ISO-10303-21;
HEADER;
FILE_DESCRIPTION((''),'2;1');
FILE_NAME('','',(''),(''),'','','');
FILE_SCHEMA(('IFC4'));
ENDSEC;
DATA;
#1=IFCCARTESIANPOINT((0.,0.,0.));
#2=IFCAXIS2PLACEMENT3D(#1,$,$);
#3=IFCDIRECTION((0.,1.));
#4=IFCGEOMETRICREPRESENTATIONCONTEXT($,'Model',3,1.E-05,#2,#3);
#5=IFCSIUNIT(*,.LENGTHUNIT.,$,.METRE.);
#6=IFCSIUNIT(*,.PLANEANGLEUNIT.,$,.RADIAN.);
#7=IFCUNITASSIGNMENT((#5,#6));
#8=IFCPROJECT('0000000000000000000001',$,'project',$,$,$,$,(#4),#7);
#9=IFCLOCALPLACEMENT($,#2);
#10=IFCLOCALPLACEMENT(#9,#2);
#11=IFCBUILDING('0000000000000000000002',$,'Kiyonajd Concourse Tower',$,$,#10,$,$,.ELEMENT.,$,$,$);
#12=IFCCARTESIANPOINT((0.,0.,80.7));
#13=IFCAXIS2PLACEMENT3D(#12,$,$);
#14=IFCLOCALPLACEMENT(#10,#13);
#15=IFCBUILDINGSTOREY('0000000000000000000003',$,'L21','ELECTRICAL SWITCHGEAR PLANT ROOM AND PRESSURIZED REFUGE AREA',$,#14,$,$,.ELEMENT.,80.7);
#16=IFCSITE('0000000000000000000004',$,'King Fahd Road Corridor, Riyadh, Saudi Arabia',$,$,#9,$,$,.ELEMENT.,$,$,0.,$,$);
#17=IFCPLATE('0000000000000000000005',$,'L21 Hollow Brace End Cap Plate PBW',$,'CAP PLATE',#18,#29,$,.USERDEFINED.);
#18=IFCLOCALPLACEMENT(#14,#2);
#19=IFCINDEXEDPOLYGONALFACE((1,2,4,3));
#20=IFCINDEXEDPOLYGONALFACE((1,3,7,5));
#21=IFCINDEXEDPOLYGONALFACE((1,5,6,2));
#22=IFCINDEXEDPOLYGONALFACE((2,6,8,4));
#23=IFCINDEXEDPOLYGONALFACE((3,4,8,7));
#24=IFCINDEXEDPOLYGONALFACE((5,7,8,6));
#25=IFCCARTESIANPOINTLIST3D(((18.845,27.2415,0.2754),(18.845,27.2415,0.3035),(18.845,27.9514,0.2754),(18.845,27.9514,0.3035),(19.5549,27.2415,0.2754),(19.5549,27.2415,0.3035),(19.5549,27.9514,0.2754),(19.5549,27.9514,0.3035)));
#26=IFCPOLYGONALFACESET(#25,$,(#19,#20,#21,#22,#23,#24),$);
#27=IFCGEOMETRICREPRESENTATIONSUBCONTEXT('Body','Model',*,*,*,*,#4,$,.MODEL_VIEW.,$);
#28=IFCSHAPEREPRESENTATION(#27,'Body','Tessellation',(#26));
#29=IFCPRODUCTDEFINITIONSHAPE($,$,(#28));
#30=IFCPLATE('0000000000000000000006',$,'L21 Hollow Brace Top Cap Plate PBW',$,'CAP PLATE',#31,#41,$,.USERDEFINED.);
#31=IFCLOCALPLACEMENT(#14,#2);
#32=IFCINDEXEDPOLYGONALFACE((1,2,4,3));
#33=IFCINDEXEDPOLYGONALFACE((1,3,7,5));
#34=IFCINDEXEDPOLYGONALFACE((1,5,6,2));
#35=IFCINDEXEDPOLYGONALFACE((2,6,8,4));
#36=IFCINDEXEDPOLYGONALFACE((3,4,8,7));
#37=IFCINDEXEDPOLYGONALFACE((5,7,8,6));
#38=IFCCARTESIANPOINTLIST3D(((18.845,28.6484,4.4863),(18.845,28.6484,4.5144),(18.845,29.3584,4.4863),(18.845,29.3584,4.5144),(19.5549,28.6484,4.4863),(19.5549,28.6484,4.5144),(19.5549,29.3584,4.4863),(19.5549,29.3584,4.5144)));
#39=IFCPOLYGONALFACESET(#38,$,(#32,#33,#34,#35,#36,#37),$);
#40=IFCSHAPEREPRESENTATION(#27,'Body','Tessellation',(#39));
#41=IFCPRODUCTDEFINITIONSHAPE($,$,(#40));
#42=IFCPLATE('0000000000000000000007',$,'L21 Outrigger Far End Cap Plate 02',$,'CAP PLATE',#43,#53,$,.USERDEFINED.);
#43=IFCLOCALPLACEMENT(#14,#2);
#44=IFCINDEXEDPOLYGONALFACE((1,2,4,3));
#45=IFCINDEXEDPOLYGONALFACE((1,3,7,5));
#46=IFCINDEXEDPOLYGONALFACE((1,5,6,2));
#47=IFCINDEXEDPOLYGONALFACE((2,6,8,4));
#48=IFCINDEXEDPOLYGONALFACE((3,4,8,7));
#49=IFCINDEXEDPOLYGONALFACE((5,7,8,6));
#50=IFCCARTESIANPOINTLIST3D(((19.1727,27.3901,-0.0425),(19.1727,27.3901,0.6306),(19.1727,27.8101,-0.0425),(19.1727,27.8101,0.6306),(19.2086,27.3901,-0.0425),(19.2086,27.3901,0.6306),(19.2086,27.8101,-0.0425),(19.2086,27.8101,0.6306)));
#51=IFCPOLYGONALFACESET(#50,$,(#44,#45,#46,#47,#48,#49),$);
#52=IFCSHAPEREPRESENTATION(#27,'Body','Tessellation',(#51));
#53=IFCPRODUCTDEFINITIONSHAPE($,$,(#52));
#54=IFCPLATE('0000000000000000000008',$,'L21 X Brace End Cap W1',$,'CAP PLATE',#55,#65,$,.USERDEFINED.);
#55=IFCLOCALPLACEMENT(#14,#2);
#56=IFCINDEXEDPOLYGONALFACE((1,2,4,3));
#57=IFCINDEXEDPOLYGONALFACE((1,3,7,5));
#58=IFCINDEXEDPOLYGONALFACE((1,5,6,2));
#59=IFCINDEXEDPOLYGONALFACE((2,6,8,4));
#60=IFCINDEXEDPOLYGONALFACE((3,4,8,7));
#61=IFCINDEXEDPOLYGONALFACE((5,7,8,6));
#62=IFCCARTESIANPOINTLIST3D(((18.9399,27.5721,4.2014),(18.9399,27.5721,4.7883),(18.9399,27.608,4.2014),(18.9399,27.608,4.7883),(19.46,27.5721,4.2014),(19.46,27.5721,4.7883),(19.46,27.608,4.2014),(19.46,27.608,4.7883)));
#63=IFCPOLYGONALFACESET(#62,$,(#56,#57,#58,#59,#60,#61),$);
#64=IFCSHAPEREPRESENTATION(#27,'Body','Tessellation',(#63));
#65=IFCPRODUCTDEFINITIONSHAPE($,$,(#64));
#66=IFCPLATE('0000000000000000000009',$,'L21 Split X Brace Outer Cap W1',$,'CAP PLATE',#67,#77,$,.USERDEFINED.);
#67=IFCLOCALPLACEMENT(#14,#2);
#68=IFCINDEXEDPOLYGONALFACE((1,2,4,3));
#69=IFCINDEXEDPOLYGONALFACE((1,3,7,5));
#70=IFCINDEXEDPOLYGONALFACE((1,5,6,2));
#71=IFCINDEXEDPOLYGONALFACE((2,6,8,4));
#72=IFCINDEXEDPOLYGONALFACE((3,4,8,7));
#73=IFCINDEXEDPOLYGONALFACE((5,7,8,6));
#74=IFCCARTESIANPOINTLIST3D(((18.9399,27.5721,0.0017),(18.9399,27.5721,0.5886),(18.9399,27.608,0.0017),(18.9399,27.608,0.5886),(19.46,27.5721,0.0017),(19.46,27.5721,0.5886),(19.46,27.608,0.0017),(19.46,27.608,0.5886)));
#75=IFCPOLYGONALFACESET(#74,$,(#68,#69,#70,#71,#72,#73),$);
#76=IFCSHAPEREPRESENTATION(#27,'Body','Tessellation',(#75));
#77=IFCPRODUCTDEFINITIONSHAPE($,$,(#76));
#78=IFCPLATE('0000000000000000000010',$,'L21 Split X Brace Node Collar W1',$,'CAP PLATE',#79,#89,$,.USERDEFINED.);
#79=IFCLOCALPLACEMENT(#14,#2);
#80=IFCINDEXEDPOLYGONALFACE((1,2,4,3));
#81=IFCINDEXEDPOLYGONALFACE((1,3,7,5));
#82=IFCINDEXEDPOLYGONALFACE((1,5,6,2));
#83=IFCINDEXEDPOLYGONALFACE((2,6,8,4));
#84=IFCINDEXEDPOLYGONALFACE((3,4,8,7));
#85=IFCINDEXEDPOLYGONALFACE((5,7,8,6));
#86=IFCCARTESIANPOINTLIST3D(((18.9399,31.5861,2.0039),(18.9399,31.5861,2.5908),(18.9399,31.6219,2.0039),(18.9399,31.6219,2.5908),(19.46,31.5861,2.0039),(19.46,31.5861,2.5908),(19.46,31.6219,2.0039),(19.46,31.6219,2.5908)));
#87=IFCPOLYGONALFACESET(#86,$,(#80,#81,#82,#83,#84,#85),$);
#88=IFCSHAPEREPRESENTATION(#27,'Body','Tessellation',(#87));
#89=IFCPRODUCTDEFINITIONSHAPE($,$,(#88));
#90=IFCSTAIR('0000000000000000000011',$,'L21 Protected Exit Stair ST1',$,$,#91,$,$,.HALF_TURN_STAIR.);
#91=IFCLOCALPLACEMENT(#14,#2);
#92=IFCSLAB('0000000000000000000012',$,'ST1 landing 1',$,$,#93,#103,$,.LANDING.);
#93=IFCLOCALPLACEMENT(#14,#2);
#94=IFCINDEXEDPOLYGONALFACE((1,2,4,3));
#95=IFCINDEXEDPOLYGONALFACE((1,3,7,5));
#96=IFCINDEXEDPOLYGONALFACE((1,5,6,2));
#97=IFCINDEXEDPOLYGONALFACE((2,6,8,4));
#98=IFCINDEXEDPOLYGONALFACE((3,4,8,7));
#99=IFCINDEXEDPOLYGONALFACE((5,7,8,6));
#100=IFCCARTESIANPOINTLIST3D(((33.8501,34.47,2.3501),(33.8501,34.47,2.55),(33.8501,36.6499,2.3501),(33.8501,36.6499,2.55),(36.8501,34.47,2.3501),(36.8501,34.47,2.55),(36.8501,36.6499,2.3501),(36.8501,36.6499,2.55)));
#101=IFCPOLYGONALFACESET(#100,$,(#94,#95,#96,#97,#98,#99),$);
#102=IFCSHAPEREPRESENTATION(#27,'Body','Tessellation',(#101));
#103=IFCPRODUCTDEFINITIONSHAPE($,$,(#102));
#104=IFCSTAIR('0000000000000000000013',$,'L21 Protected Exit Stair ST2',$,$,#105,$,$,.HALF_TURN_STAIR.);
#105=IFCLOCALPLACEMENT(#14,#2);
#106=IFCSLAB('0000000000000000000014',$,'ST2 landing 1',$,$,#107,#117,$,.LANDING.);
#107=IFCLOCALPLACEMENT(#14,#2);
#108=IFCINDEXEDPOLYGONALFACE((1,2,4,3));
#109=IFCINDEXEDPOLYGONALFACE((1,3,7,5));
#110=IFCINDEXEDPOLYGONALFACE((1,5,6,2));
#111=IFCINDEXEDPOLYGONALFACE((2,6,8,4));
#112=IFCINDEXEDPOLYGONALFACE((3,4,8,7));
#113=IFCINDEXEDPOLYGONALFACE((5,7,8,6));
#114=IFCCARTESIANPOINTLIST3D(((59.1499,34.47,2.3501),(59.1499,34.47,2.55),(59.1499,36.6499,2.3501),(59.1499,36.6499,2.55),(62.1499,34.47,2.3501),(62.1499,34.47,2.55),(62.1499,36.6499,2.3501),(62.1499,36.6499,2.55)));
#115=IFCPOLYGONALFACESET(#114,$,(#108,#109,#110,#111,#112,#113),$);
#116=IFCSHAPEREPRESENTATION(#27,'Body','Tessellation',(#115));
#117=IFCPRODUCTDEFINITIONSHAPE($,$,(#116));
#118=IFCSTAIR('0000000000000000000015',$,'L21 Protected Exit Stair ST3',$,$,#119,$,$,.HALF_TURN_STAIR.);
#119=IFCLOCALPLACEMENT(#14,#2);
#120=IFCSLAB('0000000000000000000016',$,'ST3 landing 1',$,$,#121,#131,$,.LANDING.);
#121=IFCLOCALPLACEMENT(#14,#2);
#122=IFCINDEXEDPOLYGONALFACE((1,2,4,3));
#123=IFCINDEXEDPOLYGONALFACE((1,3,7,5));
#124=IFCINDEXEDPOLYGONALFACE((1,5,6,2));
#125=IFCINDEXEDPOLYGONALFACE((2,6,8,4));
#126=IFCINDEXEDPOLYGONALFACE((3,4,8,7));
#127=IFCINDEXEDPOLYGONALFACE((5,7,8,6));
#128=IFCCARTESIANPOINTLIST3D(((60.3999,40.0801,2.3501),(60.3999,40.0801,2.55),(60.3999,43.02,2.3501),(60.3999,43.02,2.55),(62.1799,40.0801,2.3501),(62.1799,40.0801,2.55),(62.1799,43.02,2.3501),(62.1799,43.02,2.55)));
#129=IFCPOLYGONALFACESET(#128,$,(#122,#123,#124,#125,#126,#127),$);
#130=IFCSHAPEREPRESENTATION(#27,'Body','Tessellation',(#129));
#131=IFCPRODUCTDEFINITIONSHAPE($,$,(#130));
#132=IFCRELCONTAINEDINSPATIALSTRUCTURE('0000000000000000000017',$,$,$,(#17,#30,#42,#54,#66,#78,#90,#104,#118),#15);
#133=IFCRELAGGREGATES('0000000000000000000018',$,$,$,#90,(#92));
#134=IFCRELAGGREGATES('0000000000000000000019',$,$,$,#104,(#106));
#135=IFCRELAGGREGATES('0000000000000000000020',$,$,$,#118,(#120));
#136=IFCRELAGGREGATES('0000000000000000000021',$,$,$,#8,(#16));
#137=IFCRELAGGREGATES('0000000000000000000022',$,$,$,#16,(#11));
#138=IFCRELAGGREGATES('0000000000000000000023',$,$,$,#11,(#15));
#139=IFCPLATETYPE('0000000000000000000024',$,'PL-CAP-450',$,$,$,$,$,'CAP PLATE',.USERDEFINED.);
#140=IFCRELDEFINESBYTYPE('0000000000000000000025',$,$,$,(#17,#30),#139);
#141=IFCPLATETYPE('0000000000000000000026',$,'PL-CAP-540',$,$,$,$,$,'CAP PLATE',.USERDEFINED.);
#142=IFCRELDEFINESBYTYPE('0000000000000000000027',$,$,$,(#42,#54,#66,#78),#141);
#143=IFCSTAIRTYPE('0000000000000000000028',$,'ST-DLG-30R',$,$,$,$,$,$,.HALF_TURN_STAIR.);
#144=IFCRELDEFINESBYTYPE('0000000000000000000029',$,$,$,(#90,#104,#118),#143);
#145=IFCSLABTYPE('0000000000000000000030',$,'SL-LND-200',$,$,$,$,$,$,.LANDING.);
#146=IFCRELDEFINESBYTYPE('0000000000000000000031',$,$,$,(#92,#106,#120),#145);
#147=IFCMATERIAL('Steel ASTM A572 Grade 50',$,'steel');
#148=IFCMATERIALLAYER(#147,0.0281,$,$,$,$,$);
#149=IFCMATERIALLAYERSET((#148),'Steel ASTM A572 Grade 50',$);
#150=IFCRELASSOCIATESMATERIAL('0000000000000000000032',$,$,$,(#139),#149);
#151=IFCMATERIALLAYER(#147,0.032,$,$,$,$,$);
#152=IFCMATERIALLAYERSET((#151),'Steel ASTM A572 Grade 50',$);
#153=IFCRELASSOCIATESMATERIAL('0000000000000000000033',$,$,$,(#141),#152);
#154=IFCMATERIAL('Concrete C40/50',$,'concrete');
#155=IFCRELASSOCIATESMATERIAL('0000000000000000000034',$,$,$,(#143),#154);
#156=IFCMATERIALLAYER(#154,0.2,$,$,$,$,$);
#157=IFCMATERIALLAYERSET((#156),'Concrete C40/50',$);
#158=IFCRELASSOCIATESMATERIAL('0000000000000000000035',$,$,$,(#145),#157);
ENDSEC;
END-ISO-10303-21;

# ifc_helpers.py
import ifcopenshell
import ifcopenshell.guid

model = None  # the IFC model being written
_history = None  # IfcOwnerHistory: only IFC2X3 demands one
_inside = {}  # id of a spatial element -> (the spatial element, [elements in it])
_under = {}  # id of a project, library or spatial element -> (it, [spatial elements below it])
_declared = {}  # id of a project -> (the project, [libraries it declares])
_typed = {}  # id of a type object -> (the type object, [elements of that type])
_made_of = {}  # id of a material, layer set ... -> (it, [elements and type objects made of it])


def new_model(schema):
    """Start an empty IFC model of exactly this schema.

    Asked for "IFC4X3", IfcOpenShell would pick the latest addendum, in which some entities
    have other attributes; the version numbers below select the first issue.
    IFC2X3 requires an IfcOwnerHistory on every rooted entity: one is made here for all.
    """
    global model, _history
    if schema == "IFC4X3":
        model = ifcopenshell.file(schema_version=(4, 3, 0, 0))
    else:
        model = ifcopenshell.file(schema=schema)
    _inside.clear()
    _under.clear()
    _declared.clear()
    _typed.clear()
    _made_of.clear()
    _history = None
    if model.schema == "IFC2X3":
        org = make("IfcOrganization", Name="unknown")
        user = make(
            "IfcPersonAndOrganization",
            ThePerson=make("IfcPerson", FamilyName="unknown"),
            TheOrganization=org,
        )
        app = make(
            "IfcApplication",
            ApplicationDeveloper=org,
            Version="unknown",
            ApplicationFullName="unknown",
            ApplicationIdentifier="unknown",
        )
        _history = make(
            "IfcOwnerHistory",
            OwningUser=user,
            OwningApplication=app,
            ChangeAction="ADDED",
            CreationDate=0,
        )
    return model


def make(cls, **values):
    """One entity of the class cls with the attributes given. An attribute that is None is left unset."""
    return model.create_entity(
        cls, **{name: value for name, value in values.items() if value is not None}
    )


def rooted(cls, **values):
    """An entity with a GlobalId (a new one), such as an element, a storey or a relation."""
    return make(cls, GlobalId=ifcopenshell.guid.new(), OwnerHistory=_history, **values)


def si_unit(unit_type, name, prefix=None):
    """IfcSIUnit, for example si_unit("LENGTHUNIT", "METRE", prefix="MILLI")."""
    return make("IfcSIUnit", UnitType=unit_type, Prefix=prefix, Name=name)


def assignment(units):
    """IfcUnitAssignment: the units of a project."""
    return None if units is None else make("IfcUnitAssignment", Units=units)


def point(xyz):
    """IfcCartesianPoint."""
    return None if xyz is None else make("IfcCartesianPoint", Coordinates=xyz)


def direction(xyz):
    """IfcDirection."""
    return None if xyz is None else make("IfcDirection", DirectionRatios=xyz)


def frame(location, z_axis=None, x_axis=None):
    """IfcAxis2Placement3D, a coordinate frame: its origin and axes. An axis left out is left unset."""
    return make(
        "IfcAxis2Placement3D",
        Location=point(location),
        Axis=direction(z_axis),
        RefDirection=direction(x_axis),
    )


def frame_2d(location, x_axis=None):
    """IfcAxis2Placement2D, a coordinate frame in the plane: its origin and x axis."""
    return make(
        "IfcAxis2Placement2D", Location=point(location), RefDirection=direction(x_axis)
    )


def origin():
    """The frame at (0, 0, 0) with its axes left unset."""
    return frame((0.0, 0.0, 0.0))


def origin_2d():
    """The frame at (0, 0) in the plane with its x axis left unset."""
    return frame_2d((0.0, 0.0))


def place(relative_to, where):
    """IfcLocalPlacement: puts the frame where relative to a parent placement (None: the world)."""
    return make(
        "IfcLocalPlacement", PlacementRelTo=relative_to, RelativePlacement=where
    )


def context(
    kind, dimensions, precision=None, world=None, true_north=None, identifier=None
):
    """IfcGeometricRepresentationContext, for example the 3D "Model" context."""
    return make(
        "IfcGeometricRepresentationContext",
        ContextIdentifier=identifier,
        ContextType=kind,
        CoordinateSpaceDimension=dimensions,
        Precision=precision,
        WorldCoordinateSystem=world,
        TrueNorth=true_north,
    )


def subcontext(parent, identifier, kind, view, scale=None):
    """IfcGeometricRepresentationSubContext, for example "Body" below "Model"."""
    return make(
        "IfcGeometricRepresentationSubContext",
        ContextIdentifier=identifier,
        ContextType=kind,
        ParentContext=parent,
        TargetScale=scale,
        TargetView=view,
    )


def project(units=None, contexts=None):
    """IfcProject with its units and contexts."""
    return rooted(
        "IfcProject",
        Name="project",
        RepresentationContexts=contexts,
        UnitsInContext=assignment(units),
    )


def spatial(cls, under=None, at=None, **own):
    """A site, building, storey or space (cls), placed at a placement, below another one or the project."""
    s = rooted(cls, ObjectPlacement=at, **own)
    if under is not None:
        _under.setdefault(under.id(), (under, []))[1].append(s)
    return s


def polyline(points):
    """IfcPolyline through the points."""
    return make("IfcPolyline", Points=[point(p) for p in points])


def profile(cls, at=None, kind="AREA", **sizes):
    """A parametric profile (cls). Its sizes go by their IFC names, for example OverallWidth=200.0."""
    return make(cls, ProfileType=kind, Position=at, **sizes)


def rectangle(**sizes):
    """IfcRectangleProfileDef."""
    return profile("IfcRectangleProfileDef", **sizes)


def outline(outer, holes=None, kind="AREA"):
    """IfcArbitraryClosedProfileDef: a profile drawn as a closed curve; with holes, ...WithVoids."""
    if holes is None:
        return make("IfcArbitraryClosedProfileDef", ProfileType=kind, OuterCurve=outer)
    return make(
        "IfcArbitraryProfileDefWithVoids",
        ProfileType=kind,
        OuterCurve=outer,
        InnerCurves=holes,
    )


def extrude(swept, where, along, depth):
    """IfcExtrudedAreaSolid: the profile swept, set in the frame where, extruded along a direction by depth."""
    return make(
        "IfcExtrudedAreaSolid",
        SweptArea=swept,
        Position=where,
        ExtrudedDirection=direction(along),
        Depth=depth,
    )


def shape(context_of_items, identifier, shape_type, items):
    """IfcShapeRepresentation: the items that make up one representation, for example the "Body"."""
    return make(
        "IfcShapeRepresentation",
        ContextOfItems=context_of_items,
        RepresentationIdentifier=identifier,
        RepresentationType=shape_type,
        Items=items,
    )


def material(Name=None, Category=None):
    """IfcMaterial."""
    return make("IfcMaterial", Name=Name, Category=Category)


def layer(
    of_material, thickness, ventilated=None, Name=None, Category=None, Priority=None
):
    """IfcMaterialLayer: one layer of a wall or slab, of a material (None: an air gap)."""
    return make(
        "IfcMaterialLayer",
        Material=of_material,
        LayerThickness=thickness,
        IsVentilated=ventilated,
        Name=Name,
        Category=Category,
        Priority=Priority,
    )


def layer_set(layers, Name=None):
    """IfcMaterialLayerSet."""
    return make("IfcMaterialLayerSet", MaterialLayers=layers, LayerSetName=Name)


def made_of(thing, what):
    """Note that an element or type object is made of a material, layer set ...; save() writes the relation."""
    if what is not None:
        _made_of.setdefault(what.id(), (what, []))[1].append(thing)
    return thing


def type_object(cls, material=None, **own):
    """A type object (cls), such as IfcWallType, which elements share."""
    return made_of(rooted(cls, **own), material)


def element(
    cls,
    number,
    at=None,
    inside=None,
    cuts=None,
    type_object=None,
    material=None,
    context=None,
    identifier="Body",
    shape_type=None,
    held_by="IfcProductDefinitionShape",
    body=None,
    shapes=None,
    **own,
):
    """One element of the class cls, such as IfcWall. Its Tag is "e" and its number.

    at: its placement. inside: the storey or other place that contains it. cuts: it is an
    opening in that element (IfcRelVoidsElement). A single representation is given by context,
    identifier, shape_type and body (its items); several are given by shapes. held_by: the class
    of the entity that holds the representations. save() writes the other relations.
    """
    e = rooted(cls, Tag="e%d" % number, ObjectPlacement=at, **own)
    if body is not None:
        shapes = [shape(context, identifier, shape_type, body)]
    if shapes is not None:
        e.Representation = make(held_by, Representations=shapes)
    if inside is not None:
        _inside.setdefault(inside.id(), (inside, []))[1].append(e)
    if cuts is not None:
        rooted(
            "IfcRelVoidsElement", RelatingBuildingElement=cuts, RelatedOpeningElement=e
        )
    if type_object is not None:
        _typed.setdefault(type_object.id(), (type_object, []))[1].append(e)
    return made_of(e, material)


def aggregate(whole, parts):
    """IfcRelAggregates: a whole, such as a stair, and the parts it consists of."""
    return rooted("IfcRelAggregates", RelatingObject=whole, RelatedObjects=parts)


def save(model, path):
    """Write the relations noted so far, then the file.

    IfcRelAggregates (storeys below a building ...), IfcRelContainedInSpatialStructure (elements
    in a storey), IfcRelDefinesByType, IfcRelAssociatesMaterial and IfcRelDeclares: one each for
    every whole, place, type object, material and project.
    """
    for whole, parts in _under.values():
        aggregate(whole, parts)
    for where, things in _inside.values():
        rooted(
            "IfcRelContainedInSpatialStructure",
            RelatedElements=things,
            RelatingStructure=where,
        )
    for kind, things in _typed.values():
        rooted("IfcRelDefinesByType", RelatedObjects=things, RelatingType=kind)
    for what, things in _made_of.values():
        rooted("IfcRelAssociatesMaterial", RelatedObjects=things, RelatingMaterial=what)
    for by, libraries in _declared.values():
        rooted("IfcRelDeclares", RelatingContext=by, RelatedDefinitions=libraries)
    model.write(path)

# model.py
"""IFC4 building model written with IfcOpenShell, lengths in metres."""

from ifc_helpers import new_model, si_unit, direction, frame, origin, origin_2d, place, context, subcontext, project, spatial, polyline, rectangle, outline, extrude, material, layer, layer_set, type_object, element, aggregate, save


model = new_model("IFC4")

# Units and contexts
model_context = context("Model", 3, precision=1e-05, world=origin(), true_north=direction((0.0, 1.0)))
body_context = subcontext(model_context, "Body", "Model", "MODEL_VIEW")
ifc_project = project(units=[si_unit("LENGTHUNIT", "METRE"), si_unit("PLANEANGLEUNIT", "RADIAN")], contexts=[model_context])

# Site, building, storey
site_placement = place(None, origin())
site = spatial("IfcSite", under=ifc_project, at=site_placement, Name="King Fahd Road Corridor, Riyadh, Saudi Arabia", CompositionType="ELEMENT", RefElevation=0.0)
building_placement = place(site_placement, origin())
building = spatial("IfcBuilding", under=site, at=building_placement, Name="Kiyonajd Concourse Tower", CompositionType="ELEMENT")
storey_placement = place(building_placement, frame((0.0, 0.0, 80.7)))
storey = spatial("IfcBuildingStorey", under=building, at=storey_placement, Name="L21", Description="ELECTRICAL SWITCHGEAR PLANT ROOM AND PRESSURIZED REFUGE AREA", CompositionType="ELEMENT", Elevation=80.7)

# Shared definitions
ifc_material_1 = material(Name="Steel ASTM A572 Grade 50", Category="steel")

# Plates
ifc_layer_1 = layer(ifc_material_1, 0.0281)
ifc_layer_set_1 = layer_set([ifc_layer_1], Name="Steel ASTM A572 Grade 50")
plate_type_1 = type_object("IfcPlateType", Name="PL-CAP-450", ElementType="CAP PLATE", PredefinedType="USERDEFINED", material=ifc_layer_set_1)
for number, where, z_axis, x_axis, name in (
    (1, (19.2, 27.5964, 0.2754), (0.0, 0.0, 1.0), (1.0, 0.0, 0.0), "L21 Hollow Brace End Cap Plate PBW"),
    (2, (19.2, 29.0034, 4.4863), (0.0, 0.0, 1.0), (1.0, 0.0, 0.0), "L21 Hollow Brace Top Cap Plate PBW"),
):
    element("IfcPlate", number, at=place(storey_placement, frame(where, z_axis=z_axis, x_axis=x_axis)), inside=storey, type_object=plate_type_1, Name=name, ObjectType="CAP PLATE", PredefinedType="USERDEFINED", context=body_context, shape_type="SweptSolid", body=[
        extrude(rectangle(XDim=0.71, YDim=0.71, at=origin_2d()), origin(), (0.0, 0.0, 1.0), 0.0281),
    ])
ifc_layer_2 = layer(ifc_material_1, 0.032)
ifc_layer_set_2 = layer_set([ifc_layer_2], Name="Steel ASTM A572 Grade 50")
plate_type_2 = type_object("IfcPlateType", Name="PL-CAP-540", ElementType="CAP PLATE", PredefinedType="USERDEFINED", material=ifc_layer_set_2)
plate_placement = place(storey_placement, frame((19.1907, 27.6001, -0.0425), z_axis=(0.0, 0.0, 1.0), x_axis=(-1.0, 0.0, 0.0)))
element("IfcPlate", 3, at=plate_placement, inside=storey, type_object=plate_type_2, Name="L21 Outrigger Far End Cap Plate 02", ObjectType="CAP PLATE", PredefinedType="USERDEFINED", context=body_context, shape_type="SweptSolid", body=[
    extrude(rectangle(XDim=0.0359, YDim=0.4199, at=origin_2d()), origin(), (0.0, 0.0, 1.0), 0.6731),
])
for number, where, z_axis, x_axis, name in (
    (4, (19.2, 27.5901, 4.2014), (0.0, 0.0, 1.0), (0.0, -1.0, 0.0), "L21 X Brace End Cap W1"),
    (5, (19.2, 27.5901, 0.0017), (0.0, 0.0, 1.0), (0.0, -1.0, 0.0), "L21 Split X Brace Outer Cap W1"),
    (6, (19.2, 31.604, 2.0039), (0.0, 0.0, 1.0), (0.0, 1.0, 0.0), "L21 Split X Brace Node Collar W1"),
):
    element("IfcPlate", number, at=place(storey_placement, frame(where, z_axis=z_axis, x_axis=x_axis)), inside=storey, type_object=plate_type_2, Name=name, ObjectType="CAP PLATE", PredefinedType="USERDEFINED", context=body_context, shape_type="SweptSolid", body=[
        extrude(rectangle(XDim=0.0359, YDim=0.52, at=origin_2d()), origin(), (0.0, 0.0, 1.0), 0.5869),
    ])

# Stairs, slabs
ifc_material_2 = material(Name="Concrete C40/50", Category="concrete")
stair_type = type_object("IfcStairType", Name="ST-DLG-30R", PredefinedType="HALF_TURN_STAIR", material=ifc_material_2)
stair_1_placement = place(storey_placement, origin())
stair_1 = element("IfcStair", 7, at=stair_1_placement, inside=storey, type_object=stair_type, Name="L21 Protected Exit Stair ST1", PredefinedType="HALF_TURN_STAIR")
ifc_layer_3 = layer(ifc_material_2, 0.2)
ifc_layer_set_3 = layer_set([ifc_layer_3], Name="Concrete C40/50")
slab_type_1 = type_object("IfcSlabType", Name="SL-LND-200", PredefinedType="LANDING", material=ifc_layer_set_3)
slab_1_placement = place(storey_placement, frame((0.0, 0.0, 2.3501)))
slab_1 = element("IfcSlab", 8, at=slab_1_placement, type_object=slab_type_1, Name="ST1 landing 1", PredefinedType="LANDING", context=body_context, shape_type="SweptSolid", body=[
    extrude(outline(polyline([(36.8501, 34.47), (36.8501, 36.6499), (33.8501, 36.6499), (33.8501, 34.47), (36.8501, 34.47)])), origin(), (0.0, 0.0, 1.0), 0.2),
])
aggregate(stair_1, [slab_1])
stair_2_placement = place(storey_placement, origin())
stair_2 = element("IfcStair", 9, at=stair_2_placement, inside=storey, type_object=stair_type, Name="L21 Protected Exit Stair ST2", PredefinedType="HALF_TURN_STAIR")
slab_2_placement = place(storey_placement, frame((0.0, 0.0, 2.3501)))
slab_2 = element("IfcSlab", 10, at=slab_2_placement, type_object=slab_type_1, Name="ST2 landing 1", PredefinedType="LANDING", context=body_context, shape_type="SweptSolid", body=[
    extrude(outline(polyline([(62.1499, 34.47), (62.1499, 36.6499), (59.1499, 36.6499), (59.1499, 34.47), (62.1499, 34.47)])), origin(), (0.0, 0.0, 1.0), 0.2),
])
aggregate(stair_2, [slab_2])
stair_3_placement = place(storey_placement, origin())
stair_3 = element("IfcStair", 11, at=stair_3_placement, inside=storey, type_object=stair_type, Name="L21 Protected Exit Stair ST3", PredefinedType="HALF_TURN_STAIR")
slab_3_placement = place(storey_placement, frame((0.0, 0.0, 2.3501)))
slab_3 = element("IfcSlab", 12, at=slab_3_placement, type_object=slab_type_1, Name="ST3 landing 1", PredefinedType="LANDING", context=body_context, shape_type="SweptSolid", body=[
    extrude(outline(polyline([(60.3999, 40.0801), (62.1799, 40.0801), (62.1799, 43.02), (60.3999, 43.02), (60.3999, 40.0801)])), origin(), (0.0, 0.0, 1.0), 0.2),
])
aggregate(stair_3, [slab_3])

save(model, "model.ifc")
